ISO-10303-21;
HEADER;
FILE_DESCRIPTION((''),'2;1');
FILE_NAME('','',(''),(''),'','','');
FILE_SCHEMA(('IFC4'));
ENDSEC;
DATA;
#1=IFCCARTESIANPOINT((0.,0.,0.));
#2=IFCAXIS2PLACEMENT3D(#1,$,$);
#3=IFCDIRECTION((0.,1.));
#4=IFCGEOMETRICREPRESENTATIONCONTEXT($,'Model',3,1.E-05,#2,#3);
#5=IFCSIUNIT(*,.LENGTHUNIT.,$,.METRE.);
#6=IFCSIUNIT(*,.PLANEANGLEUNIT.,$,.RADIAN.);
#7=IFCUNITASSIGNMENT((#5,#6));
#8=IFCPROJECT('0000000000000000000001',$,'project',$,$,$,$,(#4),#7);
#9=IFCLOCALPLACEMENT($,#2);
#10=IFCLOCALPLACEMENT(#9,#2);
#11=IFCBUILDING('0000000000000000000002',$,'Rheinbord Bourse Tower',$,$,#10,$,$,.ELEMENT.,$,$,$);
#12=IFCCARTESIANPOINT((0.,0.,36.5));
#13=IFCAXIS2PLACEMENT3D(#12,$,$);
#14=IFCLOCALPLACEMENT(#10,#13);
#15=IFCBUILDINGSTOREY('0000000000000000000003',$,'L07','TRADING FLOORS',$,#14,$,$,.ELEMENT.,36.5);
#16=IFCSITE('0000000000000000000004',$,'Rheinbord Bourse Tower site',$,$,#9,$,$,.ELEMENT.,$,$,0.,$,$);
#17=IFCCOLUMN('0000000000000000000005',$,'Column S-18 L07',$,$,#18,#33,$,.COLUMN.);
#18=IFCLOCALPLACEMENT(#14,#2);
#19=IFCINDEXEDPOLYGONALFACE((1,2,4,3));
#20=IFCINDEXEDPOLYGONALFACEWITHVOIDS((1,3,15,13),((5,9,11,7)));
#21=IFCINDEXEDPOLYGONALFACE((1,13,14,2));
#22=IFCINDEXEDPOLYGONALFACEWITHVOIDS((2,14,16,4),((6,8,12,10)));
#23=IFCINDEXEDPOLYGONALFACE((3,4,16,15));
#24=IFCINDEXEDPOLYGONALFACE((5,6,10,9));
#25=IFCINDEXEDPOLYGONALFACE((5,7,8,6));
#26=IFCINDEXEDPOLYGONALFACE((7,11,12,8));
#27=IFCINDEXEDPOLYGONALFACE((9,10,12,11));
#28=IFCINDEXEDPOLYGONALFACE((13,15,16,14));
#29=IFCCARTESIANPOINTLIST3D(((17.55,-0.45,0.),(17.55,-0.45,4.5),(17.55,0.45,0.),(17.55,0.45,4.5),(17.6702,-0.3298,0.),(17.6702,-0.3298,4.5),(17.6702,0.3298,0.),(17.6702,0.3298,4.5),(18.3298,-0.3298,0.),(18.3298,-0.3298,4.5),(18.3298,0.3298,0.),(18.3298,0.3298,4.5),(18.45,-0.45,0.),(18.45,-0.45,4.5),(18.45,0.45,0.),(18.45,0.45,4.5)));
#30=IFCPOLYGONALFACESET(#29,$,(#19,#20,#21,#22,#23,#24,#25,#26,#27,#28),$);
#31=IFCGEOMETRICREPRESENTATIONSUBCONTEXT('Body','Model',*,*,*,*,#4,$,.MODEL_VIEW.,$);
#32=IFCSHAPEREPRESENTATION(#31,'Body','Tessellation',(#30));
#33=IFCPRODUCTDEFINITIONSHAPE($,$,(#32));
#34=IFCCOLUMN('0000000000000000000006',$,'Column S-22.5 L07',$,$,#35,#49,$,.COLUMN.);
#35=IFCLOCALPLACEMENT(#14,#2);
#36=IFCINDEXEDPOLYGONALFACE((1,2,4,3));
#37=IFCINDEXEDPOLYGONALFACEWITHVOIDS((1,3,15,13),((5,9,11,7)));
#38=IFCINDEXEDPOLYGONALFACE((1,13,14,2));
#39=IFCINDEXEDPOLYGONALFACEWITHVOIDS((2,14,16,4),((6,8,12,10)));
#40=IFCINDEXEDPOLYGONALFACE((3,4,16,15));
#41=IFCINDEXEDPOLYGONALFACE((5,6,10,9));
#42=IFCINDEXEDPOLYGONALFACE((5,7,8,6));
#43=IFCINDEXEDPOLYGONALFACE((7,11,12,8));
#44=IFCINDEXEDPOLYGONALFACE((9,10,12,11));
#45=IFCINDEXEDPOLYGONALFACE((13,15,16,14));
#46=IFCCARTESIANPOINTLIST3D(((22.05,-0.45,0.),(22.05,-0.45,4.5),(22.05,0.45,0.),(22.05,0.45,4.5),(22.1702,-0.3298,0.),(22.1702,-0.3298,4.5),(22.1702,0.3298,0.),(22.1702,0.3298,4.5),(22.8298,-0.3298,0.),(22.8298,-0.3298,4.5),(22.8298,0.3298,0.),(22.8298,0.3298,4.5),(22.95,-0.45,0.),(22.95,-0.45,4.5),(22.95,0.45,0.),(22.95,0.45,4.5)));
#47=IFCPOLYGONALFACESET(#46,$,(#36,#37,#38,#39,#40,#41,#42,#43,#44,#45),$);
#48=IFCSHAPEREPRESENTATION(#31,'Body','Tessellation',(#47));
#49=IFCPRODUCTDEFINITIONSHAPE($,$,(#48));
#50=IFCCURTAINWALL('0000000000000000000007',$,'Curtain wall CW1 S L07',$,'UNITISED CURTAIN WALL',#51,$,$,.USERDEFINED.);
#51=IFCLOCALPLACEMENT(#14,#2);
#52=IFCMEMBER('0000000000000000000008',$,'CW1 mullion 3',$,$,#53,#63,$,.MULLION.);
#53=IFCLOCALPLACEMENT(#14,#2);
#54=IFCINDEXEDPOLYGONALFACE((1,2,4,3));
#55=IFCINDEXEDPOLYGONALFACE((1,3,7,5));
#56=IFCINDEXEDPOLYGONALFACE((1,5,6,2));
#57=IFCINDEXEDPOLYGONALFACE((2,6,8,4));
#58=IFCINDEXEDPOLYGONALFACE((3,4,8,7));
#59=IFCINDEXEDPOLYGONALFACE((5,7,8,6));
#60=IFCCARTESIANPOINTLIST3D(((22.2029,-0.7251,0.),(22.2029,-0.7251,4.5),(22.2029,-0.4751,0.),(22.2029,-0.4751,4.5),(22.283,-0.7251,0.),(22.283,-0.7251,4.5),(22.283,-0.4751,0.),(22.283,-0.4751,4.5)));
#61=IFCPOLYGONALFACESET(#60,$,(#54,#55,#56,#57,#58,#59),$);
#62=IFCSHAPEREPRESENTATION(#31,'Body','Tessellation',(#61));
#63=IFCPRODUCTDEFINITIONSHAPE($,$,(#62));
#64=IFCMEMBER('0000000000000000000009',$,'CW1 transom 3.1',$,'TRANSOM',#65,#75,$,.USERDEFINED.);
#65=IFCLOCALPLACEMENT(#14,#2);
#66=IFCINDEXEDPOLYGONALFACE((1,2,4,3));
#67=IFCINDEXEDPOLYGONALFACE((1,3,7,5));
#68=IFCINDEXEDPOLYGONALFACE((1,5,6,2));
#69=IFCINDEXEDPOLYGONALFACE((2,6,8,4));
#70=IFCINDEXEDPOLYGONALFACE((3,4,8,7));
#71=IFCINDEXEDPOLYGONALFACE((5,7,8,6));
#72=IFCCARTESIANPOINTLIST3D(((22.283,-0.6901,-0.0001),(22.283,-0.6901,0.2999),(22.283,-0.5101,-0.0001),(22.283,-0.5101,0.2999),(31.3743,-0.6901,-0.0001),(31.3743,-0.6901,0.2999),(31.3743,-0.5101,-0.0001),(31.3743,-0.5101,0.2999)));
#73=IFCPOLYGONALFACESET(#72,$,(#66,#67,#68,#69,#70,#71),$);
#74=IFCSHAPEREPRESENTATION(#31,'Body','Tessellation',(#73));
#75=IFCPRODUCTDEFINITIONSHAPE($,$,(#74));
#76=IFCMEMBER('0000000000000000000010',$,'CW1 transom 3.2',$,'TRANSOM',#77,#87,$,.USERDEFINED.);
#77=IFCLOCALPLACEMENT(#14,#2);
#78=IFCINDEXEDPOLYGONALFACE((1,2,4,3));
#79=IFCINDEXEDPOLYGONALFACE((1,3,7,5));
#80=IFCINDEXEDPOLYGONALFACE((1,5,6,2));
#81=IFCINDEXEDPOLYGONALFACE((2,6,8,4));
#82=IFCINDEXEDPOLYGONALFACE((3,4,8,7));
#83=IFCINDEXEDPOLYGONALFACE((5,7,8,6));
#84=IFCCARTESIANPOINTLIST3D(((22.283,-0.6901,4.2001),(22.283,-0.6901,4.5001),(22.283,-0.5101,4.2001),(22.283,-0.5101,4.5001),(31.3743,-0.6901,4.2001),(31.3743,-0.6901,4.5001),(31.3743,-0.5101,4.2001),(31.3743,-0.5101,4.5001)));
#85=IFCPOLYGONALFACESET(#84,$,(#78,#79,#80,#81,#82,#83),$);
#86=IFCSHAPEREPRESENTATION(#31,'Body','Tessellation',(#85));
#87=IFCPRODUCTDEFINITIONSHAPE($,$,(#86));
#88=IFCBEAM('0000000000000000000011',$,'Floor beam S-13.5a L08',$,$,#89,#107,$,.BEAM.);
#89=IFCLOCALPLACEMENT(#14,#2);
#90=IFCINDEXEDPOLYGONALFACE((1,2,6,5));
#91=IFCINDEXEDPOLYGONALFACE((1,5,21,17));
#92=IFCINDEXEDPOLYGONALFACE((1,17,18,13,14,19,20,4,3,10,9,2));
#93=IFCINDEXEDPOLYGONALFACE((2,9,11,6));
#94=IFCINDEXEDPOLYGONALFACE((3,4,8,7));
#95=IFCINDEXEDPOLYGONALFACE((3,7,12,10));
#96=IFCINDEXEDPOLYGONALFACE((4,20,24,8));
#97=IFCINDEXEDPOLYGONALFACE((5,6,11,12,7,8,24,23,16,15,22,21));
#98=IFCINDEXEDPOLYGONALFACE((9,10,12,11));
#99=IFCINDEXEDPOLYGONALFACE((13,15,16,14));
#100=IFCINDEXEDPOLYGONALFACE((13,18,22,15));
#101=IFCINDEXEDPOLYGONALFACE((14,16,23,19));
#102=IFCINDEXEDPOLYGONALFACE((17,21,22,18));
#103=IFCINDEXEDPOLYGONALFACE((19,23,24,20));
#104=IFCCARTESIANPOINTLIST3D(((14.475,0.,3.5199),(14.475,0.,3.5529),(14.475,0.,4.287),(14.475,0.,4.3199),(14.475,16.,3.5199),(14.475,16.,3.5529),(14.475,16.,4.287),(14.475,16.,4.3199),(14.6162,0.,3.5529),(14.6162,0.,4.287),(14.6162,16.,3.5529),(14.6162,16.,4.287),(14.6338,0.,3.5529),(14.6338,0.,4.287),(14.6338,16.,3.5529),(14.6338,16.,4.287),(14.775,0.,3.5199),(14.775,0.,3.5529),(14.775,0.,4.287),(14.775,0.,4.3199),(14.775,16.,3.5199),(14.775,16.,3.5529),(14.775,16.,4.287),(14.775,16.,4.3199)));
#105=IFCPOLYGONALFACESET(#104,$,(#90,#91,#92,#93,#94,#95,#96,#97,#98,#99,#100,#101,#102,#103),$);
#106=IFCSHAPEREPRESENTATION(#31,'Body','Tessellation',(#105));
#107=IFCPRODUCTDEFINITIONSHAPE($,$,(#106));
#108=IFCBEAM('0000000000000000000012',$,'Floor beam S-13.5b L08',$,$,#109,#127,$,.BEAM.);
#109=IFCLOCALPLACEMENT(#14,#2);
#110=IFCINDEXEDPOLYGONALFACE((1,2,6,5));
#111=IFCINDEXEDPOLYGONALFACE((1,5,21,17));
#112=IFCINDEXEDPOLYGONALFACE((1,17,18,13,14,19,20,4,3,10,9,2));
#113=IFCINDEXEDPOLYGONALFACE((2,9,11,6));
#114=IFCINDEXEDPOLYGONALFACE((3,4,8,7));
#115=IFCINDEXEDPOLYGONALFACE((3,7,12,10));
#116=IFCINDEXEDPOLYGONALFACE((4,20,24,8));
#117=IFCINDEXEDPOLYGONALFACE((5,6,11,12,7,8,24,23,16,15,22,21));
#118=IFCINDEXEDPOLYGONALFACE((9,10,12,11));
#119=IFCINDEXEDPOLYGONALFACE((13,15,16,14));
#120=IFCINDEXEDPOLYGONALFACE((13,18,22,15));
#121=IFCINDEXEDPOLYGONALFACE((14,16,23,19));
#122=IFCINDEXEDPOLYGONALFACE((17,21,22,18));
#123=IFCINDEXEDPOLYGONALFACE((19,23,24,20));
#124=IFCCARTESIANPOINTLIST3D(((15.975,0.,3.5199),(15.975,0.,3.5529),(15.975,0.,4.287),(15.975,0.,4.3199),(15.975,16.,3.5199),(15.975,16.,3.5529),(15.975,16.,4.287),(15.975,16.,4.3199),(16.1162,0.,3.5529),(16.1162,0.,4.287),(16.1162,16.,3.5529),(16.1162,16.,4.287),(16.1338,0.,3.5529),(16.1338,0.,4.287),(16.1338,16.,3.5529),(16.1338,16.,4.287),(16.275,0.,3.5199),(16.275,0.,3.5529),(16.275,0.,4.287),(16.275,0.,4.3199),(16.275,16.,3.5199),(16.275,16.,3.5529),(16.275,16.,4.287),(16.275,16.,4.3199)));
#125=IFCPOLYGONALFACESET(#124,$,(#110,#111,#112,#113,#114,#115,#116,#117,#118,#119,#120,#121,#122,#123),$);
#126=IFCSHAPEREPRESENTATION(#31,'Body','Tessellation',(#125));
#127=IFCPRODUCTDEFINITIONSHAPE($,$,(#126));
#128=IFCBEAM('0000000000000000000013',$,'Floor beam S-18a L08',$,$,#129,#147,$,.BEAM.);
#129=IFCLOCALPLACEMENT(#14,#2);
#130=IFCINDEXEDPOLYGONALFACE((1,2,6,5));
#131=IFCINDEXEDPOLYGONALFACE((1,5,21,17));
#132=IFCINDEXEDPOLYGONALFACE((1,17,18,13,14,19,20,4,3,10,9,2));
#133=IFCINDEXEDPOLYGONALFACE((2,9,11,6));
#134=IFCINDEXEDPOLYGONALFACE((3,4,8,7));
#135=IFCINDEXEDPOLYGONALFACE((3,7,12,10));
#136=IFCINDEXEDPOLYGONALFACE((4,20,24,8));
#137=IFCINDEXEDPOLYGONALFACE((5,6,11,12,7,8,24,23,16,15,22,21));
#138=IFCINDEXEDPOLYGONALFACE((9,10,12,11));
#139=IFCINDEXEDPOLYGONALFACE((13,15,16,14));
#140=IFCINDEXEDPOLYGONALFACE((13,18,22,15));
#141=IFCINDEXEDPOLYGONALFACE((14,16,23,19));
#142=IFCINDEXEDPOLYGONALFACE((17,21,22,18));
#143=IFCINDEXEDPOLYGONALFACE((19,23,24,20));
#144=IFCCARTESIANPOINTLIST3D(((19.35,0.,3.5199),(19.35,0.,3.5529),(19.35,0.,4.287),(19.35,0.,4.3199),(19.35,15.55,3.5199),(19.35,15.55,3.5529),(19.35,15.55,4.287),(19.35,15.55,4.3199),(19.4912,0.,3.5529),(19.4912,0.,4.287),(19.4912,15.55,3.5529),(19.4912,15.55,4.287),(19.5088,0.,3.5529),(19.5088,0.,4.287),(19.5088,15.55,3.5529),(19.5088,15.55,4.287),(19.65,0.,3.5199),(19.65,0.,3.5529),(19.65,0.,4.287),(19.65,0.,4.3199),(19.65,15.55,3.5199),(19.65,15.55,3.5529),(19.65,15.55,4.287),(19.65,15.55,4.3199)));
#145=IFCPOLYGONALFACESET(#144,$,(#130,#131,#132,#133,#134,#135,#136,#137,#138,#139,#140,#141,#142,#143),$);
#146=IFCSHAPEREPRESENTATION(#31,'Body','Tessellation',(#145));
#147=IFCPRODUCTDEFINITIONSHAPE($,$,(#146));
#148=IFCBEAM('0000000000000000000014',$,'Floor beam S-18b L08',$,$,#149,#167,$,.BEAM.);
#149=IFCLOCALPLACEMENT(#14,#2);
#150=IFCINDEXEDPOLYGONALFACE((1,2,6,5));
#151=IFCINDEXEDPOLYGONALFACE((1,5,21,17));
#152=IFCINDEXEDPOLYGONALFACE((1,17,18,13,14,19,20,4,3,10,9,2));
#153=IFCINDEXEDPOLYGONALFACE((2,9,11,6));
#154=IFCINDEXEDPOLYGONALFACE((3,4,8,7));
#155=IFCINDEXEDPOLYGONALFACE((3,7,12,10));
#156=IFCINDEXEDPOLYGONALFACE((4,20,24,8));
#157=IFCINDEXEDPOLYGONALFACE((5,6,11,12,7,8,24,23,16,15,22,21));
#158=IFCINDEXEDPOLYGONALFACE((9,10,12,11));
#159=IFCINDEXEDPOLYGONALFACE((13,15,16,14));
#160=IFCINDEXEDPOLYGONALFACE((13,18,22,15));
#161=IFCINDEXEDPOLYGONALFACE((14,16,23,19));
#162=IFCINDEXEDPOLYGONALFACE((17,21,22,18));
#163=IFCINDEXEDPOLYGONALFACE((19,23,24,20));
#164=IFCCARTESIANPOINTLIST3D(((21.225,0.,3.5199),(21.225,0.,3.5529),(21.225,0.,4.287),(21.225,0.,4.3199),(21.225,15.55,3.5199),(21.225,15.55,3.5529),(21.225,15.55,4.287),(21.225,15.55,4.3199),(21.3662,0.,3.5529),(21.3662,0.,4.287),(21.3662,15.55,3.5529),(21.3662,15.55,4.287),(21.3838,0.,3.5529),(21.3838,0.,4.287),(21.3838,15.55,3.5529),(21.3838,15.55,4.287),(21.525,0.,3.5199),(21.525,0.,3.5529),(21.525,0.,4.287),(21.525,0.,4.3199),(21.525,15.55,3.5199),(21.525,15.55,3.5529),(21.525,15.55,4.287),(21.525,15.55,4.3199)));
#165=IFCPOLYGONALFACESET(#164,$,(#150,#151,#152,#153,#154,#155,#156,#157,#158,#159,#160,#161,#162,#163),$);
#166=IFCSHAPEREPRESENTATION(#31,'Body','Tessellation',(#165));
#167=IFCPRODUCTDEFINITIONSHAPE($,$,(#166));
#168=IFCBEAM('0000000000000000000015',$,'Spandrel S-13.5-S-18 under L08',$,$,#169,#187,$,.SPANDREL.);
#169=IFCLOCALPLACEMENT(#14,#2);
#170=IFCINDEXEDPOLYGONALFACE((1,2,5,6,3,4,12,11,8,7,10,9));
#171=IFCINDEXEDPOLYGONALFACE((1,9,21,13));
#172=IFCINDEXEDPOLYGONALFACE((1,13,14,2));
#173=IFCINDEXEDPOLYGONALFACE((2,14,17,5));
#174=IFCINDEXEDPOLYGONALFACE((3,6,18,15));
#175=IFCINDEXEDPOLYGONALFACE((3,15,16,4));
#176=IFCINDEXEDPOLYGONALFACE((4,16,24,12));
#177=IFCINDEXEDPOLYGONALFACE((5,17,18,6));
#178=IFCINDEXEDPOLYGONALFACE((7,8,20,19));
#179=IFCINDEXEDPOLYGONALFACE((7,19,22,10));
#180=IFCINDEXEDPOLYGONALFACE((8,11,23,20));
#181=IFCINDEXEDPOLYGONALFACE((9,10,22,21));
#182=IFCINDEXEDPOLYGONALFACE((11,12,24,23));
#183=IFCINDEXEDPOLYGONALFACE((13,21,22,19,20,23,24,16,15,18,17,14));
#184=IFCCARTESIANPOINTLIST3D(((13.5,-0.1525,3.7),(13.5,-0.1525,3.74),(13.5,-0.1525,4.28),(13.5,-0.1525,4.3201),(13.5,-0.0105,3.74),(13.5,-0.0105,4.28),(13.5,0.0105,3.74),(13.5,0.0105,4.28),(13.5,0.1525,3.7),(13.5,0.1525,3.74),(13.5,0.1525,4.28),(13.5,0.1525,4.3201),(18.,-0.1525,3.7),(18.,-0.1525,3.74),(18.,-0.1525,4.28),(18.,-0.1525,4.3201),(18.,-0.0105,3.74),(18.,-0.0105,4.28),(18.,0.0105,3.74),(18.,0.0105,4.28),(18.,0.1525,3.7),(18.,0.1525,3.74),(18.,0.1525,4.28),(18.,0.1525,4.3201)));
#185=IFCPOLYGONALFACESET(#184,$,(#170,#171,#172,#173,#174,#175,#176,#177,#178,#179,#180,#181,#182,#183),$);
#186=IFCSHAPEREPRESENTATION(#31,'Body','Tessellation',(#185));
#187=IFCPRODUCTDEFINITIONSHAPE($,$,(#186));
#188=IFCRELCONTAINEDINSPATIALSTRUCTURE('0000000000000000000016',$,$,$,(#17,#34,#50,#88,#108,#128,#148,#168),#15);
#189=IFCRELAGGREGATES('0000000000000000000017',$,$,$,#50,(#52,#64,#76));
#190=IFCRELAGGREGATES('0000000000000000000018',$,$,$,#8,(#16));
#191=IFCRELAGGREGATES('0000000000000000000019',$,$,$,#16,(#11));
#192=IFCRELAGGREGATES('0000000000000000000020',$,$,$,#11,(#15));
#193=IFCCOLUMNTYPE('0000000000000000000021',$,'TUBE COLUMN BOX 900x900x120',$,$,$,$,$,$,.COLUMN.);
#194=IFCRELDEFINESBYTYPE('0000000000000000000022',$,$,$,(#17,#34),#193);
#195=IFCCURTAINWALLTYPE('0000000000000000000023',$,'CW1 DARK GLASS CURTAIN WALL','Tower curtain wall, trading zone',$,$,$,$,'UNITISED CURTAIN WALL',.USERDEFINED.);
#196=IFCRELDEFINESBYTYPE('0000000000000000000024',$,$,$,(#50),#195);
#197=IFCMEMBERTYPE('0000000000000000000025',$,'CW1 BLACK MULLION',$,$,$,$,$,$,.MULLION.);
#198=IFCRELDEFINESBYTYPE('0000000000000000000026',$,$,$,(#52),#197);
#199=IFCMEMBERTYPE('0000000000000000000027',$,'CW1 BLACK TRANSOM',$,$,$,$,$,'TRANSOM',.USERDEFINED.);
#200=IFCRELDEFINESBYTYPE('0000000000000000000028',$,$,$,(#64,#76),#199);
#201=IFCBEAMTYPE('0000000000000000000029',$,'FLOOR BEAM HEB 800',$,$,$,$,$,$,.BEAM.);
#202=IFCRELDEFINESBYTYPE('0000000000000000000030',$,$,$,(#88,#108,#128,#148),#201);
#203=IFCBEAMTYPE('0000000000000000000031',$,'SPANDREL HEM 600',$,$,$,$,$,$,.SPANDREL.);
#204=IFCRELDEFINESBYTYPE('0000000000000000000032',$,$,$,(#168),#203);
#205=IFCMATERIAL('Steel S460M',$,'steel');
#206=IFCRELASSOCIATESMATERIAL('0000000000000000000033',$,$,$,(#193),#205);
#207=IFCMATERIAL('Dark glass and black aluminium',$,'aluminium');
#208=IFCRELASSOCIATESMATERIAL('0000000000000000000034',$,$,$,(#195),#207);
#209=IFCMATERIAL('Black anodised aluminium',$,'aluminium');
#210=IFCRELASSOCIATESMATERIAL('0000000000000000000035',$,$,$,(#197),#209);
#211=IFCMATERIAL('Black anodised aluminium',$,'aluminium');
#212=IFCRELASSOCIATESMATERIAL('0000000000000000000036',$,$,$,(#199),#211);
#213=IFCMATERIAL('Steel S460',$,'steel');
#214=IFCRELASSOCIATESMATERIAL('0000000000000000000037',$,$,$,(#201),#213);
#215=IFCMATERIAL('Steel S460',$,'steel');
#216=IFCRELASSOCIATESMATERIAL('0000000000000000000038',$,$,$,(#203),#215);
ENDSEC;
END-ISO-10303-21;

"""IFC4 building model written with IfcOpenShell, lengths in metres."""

from ifc_helpers import new_model, si_unit, direction, frame, origin, origin_2d, place, context, subcontext, project, spatial, rectangle, hollow_rectangle, i_section, extrude, material, material_profile, profile_set, type_object, element, aggregate, save


model = new_model("IFC4")

# Units and contexts
model_context = context("Model", 3, precision=1e-05, world=origin(), true_north=direction((0.0, 1.0)))
body_context = subcontext(model_context, "Body", "Model", "MODEL_VIEW")
ifc_project = project(units=[si_unit("LENGTHUNIT", "METRE"), si_unit("PLANEANGLEUNIT", "RADIAN")], contexts=[model_context])

# Site, building, storey
site_placement = place(None, origin())
site = spatial("IfcSite", under=ifc_project, at=site_placement, Name="Rheinbord Bourse Tower site", CompositionType="ELEMENT", RefElevation=0.0)
building_placement = place(site_placement, origin())
building = spatial("IfcBuilding", under=site, at=building_placement, Name="Rheinbord Bourse Tower", CompositionType="ELEMENT")
storey_placement = place(building_placement, frame((0.0, 0.0, 36.5)))
storey = spatial("IfcBuildingStorey", under=building, at=storey_placement, Name="L07", Description="TRADING FLOORS", CompositionType="ELEMENT", Elevation=36.5)

# Columns
ifc_material_1 = material(Name="Steel S460M", Category="steel")
ifc_material_profile_1 = material_profile(ifc_material_1, hollow_rectangle(XDim=0.8999, YDim=0.8999, WallThickness=0.1201, at=origin_2d()), Name="BOX 900x900x120")
ifc_profile_set_1 = profile_set([ifc_material_profile_1], Name="Steel S460M")
column_type = type_object("IfcColumnType", Name="TUBE COLUMN BOX 900x900x120", PredefinedType="COLUMN", material=ifc_profile_set_1)
for number, where, z_axis, x_axis, name in (
    (1, (18.0, 0.0, 0.0), (0.0, 0.0, 1.0), (0.0, 1.0, 0.0), "Column S-18 L07"),
    (2, (22.5, 0.0, 0.0), (0.0, 0.0, 1.0), (0.0, 1.0, 0.0), "Column S-22.5 L07"),
):
    element("IfcColumn", number, at=place(storey_placement, frame(where, z_axis=z_axis, x_axis=x_axis)), inside=storey, type_object=column_type, Name=name, PredefinedType="COLUMN", context=body_context, shape_type="SweptSolid", body=[
        extrude(hollow_rectangle(XDim=0.8999, YDim=0.8999, WallThickness=0.1201, at=origin_2d()), origin(), (0.0, 0.0, 1.0), 4.5),
    ])

# Curtain wall, members
ifc_material_2 = material(Name="Dark glass and black aluminium", Category="aluminium")
curtain_wall_type = type_object("IfcCurtainWallType", Name="CW1 DARK GLASS CURTAIN WALL", Description="Tower curtain wall, trading zone", ElementType="UNITISED CURTAIN WALL", PredefinedType="USERDEFINED", material=ifc_material_2)
curtain_wall_placement = place(storey_placement, origin())
curtain_wall = element("IfcCurtainWall", 3, at=curtain_wall_placement, inside=storey, type_object=curtain_wall_type, Name="Curtain wall CW1 S L07", ObjectType="UNITISED CURTAIN WALL", PredefinedType="USERDEFINED")
ifc_material_3 = material(Name="Black anodised aluminium", Category="aluminium")
ifc_material_profile_2 = material_profile(ifc_material_3, rectangle(XDim=0.25, YDim=0.0801, at=origin_2d()), Name="CW1 MULLION 80x250")
ifc_profile_set_2 = profile_set([ifc_material_profile_2], Name="Black anodised aluminium")
member_type_1 = type_object("IfcMemberType", Name="CW1 BLACK MULLION", PredefinedType="MULLION", material=ifc_profile_set_2)
member_1_placement = place(storey_placement, frame((22.2429, -0.6001, 0.0), z_axis=(0.0, 0.0, 1.0), x_axis=(0.0, 1.0, 0.0)))
member_1 = element("IfcMember", 4, at=member_1_placement, type_object=member_type_1, Name="CW1 mullion 3", PredefinedType="MULLION", context=body_context, shape_type="SweptSolid", body=[
    extrude(rectangle(XDim=0.25, YDim=0.0801, at=origin_2d()), origin(), (0.0, 0.0, 1.0), 4.5),
])
ifc_material_4 = material(Name="Black anodised aluminium", Category="aluminium")
ifc_material_profile_3 = material_profile(ifc_material_4, rectangle(XDim=0.1799, YDim=0.3, at=origin_2d()), Name="CW1 TRANSOM 300x180")
ifc_profile_set_3 = profile_set([ifc_material_profile_3], Name="Black anodised aluminium")
member_type_2 = type_object("IfcMemberType", Name="CW1 BLACK TRANSOM", ElementType="TRANSOM", PredefinedType="USERDEFINED", material=ifc_profile_set_3)
member_2_placement = place(storey_placement, frame((22.283, -0.6001, 0.1499), z_axis=(1.0, 0.0, 0.0), x_axis=(0.0, 1.0, 0.0)))
member_2 = element("IfcMember", 5, at=member_2_placement, type_object=member_type_2, Name="CW1 transom 3.1", ObjectType="TRANSOM", PredefinedType="USERDEFINED", context=body_context, shape_type="SweptSolid", body=[
    extrude(rectangle(XDim=0.1799, YDim=0.3, at=origin_2d()), origin(), (0.0, 0.0, 1.0), 9.0913),
])
member_3_placement = place(storey_placement, frame((22.283, -0.6001, 4.3501), z_axis=(1.0, 0.0, 0.0), x_axis=(0.0, 1.0, 0.0)))
member_3 = element("IfcMember", 6, at=member_3_placement, type_object=member_type_2, Name="CW1 transom 3.2", ObjectType="TRANSOM", PredefinedType="USERDEFINED", context=body_context, shape_type="SweptSolid", body=[
    extrude(rectangle(XDim=0.1799, YDim=0.3, at=origin_2d()), origin(), (0.0, 0.0, 1.0), 9.0913),
])

# Beams
ifc_material_5 = material(Name="Steel S460", Category="steel")
ifc_material_profile_4 = material_profile(ifc_material_5, i_section(OverallWidth=0.3, OverallDepth=0.8, WebThickness=0.0176, FlangeThickness=0.033, at=origin_2d()), Name="HEB 800")
ifc_profile_set_4 = profile_set([ifc_material_profile_4], Name="Steel S460")
beam_type_1 = type_object("IfcBeamType", Name="FLOOR BEAM HEB 800", PredefinedType="BEAM", material=ifc_profile_set_4)
for number, where, z_axis, x_axis, name in (
    (7, (14.625, 0.0, 3.9199), (0.0, 1.0, 0.0), (-1.0, 0.0, 0.0), "Floor beam S-13.5a L08"),
    (8, (16.125, 0.0, 3.9199), (0.0, 1.0, 0.0), (-1.0, 0.0, 0.0), "Floor beam S-13.5b L08"),
):
    element("IfcBeam", number, at=place(storey_placement, frame(where, z_axis=z_axis, x_axis=x_axis)), inside=storey, type_object=beam_type_1, Name=name, PredefinedType="BEAM", context=body_context, shape_type="SweptSolid", body=[
        extrude(i_section(OverallWidth=0.3, OverallDepth=0.8, WebThickness=0.0176, FlangeThickness=0.033, at=origin_2d()), origin(), (0.0, 0.0, 1.0), 16.0),
    ])
for number, where, z_axis, x_axis, name in (
    (9, (19.5, 0.0, 3.9199), (0.0, 1.0, 0.0), (-1.0, 0.0, 0.0), "Floor beam S-18a L08"),
    (10, (21.375, 0.0, 3.9199), (0.0, 1.0, 0.0), (-1.0, 0.0, 0.0), "Floor beam S-18b L08"),
):
    element("IfcBeam", number, at=place(storey_placement, frame(where, z_axis=z_axis, x_axis=x_axis)), inside=storey, type_object=beam_type_1, Name=name, PredefinedType="BEAM", context=body_context, shape_type="SweptSolid", body=[
        extrude(i_section(OverallWidth=0.3, OverallDepth=0.8, WebThickness=0.0176, FlangeThickness=0.033, at=origin_2d()), origin(), (0.0, 0.0, 1.0), 15.55),
    ])
ifc_material_6 = material(Name="Steel S460", Category="steel")
ifc_material_profile_5 = material_profile(ifc_material_6, i_section(OverallWidth=0.3049, OverallDepth=0.6201, WebThickness=0.021, FlangeThickness=0.04, at=origin_2d()), Name="HEM 600")
ifc_profile_set_5 = profile_set([ifc_material_profile_5], Name="Steel S460")
beam_type_2 = type_object("IfcBeamType", Name="SPANDREL HEM 600", PredefinedType="SPANDREL", material=ifc_profile_set_5)
for number, where, z_axis, x_axis, name in (
    (11, (13.5, 0.0, 4.01), (1.0, 0.0, 0.0), (0.0, 1.0, 0.0), "Spandrel S-13.5-S-18 under L08"),
):
    element("IfcBeam", number, at=place(storey_placement, frame(where, z_axis=z_axis, x_axis=x_axis)), inside=storey, type_object=beam_type_2, Name=name, PredefinedType="SPANDREL", context=body_context, shape_type="SweptSolid", body=[
        extrude(i_section(OverallWidth=0.3049, OverallDepth=0.6201, WebThickness=0.021, FlangeThickness=0.04, at=origin_2d()), origin(), (0.0, 0.0, 1.0), 4.5),
    ])

aggregate(curtain_wall, [member_1, member_2, member_3])

save(model, "model.ifc")
